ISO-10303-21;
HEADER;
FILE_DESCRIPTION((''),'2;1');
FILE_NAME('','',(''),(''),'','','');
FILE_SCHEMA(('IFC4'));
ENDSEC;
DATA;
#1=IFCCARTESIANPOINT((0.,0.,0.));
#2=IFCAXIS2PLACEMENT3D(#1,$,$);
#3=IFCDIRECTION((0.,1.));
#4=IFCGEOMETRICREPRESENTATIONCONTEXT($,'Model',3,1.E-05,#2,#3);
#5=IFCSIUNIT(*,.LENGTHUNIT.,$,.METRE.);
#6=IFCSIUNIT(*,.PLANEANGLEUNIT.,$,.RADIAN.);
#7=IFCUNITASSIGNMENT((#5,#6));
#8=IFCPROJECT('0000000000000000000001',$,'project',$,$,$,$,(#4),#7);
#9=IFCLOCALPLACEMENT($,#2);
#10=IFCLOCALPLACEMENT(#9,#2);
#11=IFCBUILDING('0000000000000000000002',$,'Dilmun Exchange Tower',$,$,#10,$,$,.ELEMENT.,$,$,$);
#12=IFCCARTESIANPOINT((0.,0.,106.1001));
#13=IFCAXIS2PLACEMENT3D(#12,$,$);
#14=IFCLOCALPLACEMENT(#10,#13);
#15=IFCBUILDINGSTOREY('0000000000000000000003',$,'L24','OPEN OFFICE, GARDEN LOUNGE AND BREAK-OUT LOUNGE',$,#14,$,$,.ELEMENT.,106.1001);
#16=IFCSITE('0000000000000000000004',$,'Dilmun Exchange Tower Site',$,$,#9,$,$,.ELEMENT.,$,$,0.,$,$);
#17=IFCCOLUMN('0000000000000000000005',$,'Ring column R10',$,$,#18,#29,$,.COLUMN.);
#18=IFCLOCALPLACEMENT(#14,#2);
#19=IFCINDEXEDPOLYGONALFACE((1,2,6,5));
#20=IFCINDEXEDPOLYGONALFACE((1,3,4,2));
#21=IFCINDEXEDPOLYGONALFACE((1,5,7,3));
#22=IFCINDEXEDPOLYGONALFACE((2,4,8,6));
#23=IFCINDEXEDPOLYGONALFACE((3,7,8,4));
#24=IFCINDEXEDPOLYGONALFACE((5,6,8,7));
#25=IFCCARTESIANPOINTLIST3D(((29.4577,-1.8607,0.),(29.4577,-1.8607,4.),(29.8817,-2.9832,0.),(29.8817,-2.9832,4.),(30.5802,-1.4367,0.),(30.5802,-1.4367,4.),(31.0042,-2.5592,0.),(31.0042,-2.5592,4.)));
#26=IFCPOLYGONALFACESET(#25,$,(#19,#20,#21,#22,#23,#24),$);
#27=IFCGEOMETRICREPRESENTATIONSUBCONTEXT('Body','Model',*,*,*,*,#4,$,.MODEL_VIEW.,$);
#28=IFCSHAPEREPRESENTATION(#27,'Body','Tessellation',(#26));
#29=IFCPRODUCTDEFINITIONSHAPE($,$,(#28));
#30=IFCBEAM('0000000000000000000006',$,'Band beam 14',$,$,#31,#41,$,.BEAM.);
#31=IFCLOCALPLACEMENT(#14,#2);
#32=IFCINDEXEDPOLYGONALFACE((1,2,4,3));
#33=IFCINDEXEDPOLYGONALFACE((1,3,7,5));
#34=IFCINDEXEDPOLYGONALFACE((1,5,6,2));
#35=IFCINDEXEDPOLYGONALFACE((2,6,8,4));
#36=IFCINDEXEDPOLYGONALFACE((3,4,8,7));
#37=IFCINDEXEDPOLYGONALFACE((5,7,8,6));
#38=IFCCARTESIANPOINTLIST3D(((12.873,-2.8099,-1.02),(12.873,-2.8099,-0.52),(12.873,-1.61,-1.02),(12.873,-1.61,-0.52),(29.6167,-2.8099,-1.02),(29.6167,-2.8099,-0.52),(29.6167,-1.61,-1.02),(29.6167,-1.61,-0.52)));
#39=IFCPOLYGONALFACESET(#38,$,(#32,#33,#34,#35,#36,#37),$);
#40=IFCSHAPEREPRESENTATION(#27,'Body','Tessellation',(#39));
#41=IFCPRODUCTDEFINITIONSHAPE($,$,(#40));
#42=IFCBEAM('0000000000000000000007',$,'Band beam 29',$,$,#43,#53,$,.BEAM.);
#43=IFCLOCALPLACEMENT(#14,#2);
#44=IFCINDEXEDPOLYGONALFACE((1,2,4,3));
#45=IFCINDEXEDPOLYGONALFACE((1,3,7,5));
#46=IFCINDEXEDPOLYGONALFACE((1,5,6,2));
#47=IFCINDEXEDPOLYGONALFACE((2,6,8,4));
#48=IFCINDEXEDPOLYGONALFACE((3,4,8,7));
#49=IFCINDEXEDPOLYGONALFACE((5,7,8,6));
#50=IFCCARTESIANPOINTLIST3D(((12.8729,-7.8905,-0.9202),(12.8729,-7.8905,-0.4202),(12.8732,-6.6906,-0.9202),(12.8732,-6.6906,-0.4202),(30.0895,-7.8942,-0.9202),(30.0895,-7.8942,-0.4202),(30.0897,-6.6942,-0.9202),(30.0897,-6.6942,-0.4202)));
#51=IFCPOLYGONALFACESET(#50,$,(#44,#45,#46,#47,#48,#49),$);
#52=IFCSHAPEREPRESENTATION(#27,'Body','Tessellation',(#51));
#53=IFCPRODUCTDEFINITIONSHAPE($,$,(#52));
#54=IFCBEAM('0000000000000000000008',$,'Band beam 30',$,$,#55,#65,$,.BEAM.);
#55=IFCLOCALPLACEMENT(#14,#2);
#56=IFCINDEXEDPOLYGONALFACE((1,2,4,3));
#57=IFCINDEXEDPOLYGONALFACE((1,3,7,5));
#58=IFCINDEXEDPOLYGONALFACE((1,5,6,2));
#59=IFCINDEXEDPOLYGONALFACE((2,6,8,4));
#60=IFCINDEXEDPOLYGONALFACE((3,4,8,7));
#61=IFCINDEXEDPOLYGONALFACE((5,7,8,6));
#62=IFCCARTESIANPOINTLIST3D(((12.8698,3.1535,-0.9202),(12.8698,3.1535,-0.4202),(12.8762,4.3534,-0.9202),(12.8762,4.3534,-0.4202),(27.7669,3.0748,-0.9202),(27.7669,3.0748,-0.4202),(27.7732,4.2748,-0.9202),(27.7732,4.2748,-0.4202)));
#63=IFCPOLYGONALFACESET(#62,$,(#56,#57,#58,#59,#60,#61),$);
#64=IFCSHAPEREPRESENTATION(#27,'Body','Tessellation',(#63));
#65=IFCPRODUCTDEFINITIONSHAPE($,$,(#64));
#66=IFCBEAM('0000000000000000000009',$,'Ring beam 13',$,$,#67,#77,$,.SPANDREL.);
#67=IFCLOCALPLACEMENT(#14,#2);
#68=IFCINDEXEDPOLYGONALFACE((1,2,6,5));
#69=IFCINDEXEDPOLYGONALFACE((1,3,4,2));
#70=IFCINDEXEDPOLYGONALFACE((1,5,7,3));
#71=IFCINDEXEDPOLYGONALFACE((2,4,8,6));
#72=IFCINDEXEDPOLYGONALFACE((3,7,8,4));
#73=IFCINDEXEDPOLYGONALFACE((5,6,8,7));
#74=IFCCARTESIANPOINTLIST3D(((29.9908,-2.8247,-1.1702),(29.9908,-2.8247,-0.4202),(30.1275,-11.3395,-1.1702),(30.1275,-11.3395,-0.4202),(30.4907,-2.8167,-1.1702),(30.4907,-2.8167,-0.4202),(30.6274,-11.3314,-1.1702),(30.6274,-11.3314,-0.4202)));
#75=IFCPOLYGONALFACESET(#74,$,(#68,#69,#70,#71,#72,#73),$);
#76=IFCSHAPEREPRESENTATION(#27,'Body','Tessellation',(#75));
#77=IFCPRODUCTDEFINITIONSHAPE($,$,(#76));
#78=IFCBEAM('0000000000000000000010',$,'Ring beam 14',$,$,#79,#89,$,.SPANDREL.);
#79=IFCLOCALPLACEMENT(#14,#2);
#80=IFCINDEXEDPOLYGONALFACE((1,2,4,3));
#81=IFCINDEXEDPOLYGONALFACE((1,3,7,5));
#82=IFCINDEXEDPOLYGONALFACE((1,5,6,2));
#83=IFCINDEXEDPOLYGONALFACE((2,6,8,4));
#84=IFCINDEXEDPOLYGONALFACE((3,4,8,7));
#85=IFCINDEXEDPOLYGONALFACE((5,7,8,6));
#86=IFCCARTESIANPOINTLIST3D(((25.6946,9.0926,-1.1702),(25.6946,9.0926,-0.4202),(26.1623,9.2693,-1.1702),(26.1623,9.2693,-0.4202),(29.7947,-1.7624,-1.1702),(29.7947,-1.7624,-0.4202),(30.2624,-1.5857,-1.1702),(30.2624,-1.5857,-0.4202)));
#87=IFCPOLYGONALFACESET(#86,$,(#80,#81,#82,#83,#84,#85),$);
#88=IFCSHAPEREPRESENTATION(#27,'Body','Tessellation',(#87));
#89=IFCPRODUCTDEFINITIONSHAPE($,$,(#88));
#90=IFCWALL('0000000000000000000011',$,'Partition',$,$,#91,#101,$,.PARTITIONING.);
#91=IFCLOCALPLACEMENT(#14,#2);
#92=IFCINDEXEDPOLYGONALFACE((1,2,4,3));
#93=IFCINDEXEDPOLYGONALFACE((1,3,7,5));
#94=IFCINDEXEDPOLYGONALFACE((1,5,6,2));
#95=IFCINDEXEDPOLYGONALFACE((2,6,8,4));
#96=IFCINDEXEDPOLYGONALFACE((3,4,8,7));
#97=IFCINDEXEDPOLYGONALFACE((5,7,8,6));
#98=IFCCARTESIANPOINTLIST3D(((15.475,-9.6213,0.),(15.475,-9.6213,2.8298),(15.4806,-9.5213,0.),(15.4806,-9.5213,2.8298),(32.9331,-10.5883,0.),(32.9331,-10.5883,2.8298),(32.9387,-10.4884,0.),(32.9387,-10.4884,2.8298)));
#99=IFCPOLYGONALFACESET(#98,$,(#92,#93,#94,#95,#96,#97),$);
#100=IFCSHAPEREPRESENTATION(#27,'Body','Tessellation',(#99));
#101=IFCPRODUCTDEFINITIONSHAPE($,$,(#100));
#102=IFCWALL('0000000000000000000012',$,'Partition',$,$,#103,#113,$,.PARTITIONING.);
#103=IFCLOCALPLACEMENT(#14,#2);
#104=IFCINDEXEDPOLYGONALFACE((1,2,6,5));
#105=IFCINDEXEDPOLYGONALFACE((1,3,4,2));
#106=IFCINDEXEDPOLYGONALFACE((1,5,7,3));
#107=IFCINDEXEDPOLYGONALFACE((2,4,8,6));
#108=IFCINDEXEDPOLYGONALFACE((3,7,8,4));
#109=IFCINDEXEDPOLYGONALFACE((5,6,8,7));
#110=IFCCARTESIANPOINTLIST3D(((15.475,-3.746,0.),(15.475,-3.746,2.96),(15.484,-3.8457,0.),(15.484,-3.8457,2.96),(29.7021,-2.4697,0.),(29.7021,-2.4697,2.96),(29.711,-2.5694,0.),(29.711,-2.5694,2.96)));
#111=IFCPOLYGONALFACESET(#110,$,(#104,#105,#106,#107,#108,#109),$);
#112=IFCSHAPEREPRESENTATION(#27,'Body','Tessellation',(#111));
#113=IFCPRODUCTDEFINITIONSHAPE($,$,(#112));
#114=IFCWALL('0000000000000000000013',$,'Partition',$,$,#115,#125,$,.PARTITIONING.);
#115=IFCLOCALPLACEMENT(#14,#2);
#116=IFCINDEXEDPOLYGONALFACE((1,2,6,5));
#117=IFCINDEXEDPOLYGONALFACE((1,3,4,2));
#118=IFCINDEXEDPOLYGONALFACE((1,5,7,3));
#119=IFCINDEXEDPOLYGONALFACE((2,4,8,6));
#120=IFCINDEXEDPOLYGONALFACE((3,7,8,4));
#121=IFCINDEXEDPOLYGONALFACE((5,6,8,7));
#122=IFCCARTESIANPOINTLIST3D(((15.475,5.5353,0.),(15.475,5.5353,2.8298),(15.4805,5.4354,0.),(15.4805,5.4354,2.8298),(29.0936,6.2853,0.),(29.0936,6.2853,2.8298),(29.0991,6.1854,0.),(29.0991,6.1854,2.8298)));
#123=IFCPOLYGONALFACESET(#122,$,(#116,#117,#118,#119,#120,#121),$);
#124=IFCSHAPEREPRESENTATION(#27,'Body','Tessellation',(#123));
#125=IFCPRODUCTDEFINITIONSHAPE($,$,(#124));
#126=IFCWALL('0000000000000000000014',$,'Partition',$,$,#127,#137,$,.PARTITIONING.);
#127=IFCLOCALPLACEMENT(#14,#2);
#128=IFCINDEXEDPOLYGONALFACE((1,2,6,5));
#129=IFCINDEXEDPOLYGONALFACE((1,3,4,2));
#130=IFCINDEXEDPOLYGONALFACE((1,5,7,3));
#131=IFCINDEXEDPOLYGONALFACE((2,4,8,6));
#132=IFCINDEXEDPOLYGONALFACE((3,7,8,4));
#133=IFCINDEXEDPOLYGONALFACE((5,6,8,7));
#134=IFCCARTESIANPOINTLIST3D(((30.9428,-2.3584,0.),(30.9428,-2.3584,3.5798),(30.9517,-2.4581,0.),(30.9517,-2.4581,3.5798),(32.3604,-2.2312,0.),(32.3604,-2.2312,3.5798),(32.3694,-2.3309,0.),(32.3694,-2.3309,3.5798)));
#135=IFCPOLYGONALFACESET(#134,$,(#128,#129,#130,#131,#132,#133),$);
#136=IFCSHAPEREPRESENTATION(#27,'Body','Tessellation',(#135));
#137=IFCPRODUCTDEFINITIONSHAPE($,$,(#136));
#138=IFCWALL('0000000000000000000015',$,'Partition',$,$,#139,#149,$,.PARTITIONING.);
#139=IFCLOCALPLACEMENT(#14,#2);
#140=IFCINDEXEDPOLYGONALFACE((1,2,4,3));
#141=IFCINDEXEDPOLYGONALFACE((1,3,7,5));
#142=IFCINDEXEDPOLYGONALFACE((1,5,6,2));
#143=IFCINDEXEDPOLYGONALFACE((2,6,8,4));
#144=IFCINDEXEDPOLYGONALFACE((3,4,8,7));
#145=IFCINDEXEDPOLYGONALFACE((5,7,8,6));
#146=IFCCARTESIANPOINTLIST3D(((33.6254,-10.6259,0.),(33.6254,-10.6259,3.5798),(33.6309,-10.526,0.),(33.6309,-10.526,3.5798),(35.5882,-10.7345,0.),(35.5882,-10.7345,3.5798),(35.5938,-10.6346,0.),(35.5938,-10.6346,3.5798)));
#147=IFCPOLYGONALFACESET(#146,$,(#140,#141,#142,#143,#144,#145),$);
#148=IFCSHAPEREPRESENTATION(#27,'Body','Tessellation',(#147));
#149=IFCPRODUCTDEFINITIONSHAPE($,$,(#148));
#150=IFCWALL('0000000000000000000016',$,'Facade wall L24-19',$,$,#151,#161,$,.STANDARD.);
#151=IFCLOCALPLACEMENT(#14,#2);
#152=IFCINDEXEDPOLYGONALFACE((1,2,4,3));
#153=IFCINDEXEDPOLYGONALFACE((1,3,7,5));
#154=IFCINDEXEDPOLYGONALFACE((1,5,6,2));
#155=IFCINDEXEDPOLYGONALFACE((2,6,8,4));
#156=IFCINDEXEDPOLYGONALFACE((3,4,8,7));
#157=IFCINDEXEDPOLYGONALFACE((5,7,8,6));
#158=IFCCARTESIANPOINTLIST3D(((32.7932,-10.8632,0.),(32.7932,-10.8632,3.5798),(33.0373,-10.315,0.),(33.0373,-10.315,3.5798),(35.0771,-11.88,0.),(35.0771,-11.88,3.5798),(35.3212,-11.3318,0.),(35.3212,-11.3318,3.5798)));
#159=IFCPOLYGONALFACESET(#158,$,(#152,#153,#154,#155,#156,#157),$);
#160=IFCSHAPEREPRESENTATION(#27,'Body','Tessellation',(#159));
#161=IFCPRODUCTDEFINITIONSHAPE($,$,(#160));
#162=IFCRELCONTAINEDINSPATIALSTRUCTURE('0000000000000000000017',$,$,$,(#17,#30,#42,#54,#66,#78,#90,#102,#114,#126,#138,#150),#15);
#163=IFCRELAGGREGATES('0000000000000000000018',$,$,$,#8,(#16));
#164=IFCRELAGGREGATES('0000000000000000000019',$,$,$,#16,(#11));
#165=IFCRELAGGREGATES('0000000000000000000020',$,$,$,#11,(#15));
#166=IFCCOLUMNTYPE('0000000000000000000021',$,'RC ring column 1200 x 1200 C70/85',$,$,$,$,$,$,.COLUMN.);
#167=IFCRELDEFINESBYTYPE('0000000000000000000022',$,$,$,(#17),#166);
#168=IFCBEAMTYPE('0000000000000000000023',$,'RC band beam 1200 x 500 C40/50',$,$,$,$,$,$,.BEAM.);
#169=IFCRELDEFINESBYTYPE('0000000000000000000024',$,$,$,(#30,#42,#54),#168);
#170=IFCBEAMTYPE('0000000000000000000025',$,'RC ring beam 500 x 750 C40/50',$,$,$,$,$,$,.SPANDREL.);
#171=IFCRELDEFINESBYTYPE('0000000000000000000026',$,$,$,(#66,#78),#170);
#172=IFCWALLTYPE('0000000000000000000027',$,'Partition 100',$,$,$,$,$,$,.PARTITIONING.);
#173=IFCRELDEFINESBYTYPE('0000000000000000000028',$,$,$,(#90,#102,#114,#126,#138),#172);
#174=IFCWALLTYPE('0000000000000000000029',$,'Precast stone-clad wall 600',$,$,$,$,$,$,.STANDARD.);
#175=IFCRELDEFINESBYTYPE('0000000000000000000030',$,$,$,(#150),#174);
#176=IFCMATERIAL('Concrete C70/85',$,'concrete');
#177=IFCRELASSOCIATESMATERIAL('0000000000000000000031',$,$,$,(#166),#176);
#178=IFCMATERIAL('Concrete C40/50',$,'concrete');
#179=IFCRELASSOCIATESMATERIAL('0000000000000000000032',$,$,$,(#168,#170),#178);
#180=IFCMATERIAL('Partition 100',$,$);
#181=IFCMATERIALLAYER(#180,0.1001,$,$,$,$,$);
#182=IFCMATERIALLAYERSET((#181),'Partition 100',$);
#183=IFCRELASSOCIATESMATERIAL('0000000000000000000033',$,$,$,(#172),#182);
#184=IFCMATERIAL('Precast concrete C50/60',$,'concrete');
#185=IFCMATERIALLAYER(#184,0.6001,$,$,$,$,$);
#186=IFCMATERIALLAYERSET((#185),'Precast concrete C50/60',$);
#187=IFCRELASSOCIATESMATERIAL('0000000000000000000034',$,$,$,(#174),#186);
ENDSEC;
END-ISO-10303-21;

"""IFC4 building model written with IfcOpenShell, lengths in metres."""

from ifc_helpers import new_model, si_unit, direction, frame, frame_2d, origin, origin_2d, place, context, subcontext, project, spatial, rectangle, extrude, material, layer, layer_set, material_profile, profile_set, type_object, element, save


model = new_model("IFC4")

# Units and contexts
model_context = context("Model", 3, precision=1e-05, world=origin(), true_north=direction((0.0, 1.0)))
body_context = subcontext(model_context, "Body", "Model", "MODEL_VIEW")
ifc_project = project(units=[si_unit("LENGTHUNIT", "METRE"), si_unit("PLANEANGLEUNIT", "RADIAN")], contexts=[model_context])

# Site, building, storey
site_placement = place(None, origin())
site = spatial("IfcSite", under=ifc_project, at=site_placement, Name="Dilmun Exchange Tower Site", CompositionType="ELEMENT", RefElevation=0.0)
building_placement = place(site_placement, origin())
building = spatial("IfcBuilding", under=site, at=building_placement, Name="Dilmun Exchange Tower", CompositionType="ELEMENT")
storey_placement = place(building_placement, frame((0.0, 0.0, 106.1001)))
storey = spatial("IfcBuildingStorey", under=building, at=storey_placement, Name="L24", Description="OPEN OFFICE, GARDEN LOUNGE AND BREAK-OUT LOUNGE", CompositionType="ELEMENT", Elevation=106.1001)

# Column
ifc_material_1 = material(Name="Concrete C70/85", Category="concrete")
ifc_material_profile_1 = material_profile(ifc_material_1, rectangle(XDim=1.2, YDim=1.2, at=origin_2d()), Name="1200 x 1200")
ifc_profile_set_1 = profile_set([ifc_material_profile_1], Name="Concrete C70/85")
column_type = type_object("IfcColumnType", Name="RC ring column 1200 x 1200 C70/85", PredefinedType="COLUMN", material=ifc_profile_set_1)
column_placement = place(storey_placement, frame((30.231, -2.21, 0.0), z_axis=(0.0, 0.0, 1.0), x_axis=(0.935492, 0.353349, 0.0)))
element("IfcColumn", 1, at=column_placement, inside=storey, type_object=column_type, Name="Ring column R10", PredefinedType="COLUMN", context=body_context, shape_type="SweptSolid", body=[
    extrude(rectangle(XDim=1.2, YDim=1.2, at=origin_2d()), origin(), (0.0, 0.0, 1.0), 4.0),
])

# Beams
ifc_material_2 = material(Name="Concrete C40/50", Category="concrete")
ifc_material_profile_2 = material_profile(ifc_material_2, rectangle(XDim=1.2, YDim=0.5, at=origin_2d()), Name="1200 x 500")
ifc_profile_set_2 = profile_set([ifc_material_profile_2], Name="Concrete C40/50")
beam_type_1 = type_object("IfcBeamType", Name="RC band beam 1200 x 500 C40/50", PredefinedType="BEAM", material=ifc_profile_set_2)
beam_1_placement = place(storey_placement, frame((29.6167, -2.21, -0.77), z_axis=(-1.0, 0.0, 0.0), x_axis=(0.0, -1.0, 0.0)))
element("IfcBeam", 2, at=beam_1_placement, inside=storey, type_object=beam_type_1, Name="Band beam 14", PredefinedType="BEAM", context=body_context, shape_type="SweptSolid", body=[
    extrude(rectangle(XDim=1.2, YDim=0.5, at=origin_2d()), origin(), (0.0, 0.0, 1.0), 16.7437),
])
beam_2_placement = place(storey_placement, frame((30.0896, -7.2942, -0.6702), z_axis=(-1.0, 0.000213, 0.0), x_axis=(-0.000213, -1.0, 0.0)))
element("IfcBeam", 3, at=beam_2_placement, inside=storey, type_object=beam_type_1, Name="Band beam 29", PredefinedType="BEAM", context=body_context, shape_type="SweptSolid", body=[
    extrude(rectangle(XDim=1.2, YDim=0.5, at=origin_2d()), origin(), (0.0, 0.0, 1.0), 17.2166),
])
beam_3_placement = place(storey_placement, frame((27.77, 3.6748, -0.6702), z_axis=(-0.999986, 0.005277, 0.0), x_axis=(-0.005277, -0.999986, 0.0)))
element("IfcBeam", 4, at=beam_3_placement, inside=storey, type_object=beam_type_1, Name="Band beam 30", PredefinedType="BEAM", context=body_context, shape_type="SweptSolid", body=[
    extrude(rectangle(XDim=1.2, YDim=0.5, at=origin_2d()), origin(), (0.0, 0.0, 1.0), 14.8972),
])
ifc_material_profile_3 = material_profile(ifc_material_2, rectangle(XDim=0.5, YDim=0.75, at=origin_2d()), Name="500 x 750")
ifc_profile_set_3 = profile_set([ifc_material_profile_3], Name="Concrete C40/50")
beam_type_2 = type_object("IfcBeamType", Name="RC ring beam 500 x 750 C40/50", PredefinedType="SPANDREL", material=ifc_profile_set_3)
beam_4_placement = place(storey_placement, frame((30.3774, -11.3354, -0.7952), z_axis=(-0.016054, 0.999871, 0.0), x_axis=(-0.999871, -0.016054, 0.0)))
element("IfcBeam", 5, at=beam_4_placement, inside=storey, type_object=beam_type_2, Name="Ring beam 13", PredefinedType="SPANDREL", context=body_context, shape_type="SweptSolid", body=[
    extrude(rectangle(XDim=0.5, YDim=0.75, at=origin_2d()), origin(), (0.0, 0.0, 1.0), 8.5159),
])
beam_5_placement = place(storey_placement, frame((30.0286, -1.6741, -0.7952), z_axis=(-0.35335, 0.935491, 0.0), x_axis=(-0.935491, -0.35335, 0.0)))
element("IfcBeam", 6, at=beam_5_placement, inside=storey, type_object=beam_type_2, Name="Ring beam 14", PredefinedType="SPANDREL", context=body_context, shape_type="SweptSolid", body=[
    extrude(rectangle(XDim=0.5, YDim=0.75, at=origin_2d()), origin(), (0.0, 0.0, 1.0), 11.6035),
])

# Walls
ifc_material_3 = material(Name="Partition 100")
ifc_layer_1 = layer(ifc_material_3, 0.1001)
ifc_layer_set_1 = layer_set([ifc_layer_1], Name="Partition 100")
wall_type_1 = type_object("IfcWallType", Name="Partition 100", PredefinedType="PARTITIONING", material=ifc_layer_set_1)
wall_1_placement = place(storey_placement, frame((15.4778, -9.5713, 0.0), z_axis=(0.0, 0.0, 1.0), x_axis=(0.998469, -0.055308, 0.0)))
element("IfcWall", 7, at=wall_1_placement, inside=storey, type_object=wall_type_1, Name="Partition", PredefinedType="PARTITIONING", context=body_context, shape_type="SweptSolid", body=[
    extrude(rectangle(XDim=17.4849, YDim=0.1001, at=frame_2d((8.7424, 0.0))), origin(), (0.0, 0.0, 1.0), 2.8298),
])
wall_2_placement = place(storey_placement, frame((15.4795, -3.7959, 0.0), z_axis=(0.0, 0.0, 1.0), x_axis=(0.996, 0.089355, 0.0)))
element("IfcWall", 8, at=wall_2_placement, inside=storey, type_object=wall_type_1, Name="Partition", PredefinedType="PARTITIONING", context=body_context, shape_type="SweptSolid", body=[
    extrude(rectangle(XDim=14.2842, YDim=0.1001, at=frame_2d((7.1421, 0.0))), origin(), (0.0, 0.0, 1.0), 2.96),
])
wall_3_placement = place(storey_placement, frame((15.4778, 5.4854, 0.0), z_axis=(0.0, 0.0, 1.0), x_axis=(0.998487, 0.054989, 0.0)))
element("IfcWall", 9, at=wall_3_placement, inside=storey, type_object=wall_type_1, Name="Partition", PredefinedType="PARTITIONING", context=body_context, shape_type="SweptSolid", body=[
    extrude(rectangle(XDim=13.6392, YDim=0.1001, at=frame_2d((6.8196, 0.0))), origin(), (0.0, 0.0, 1.0), 2.8298),
])
wall_4_placement = place(storey_placement, frame((30.9473, -2.4082, 0.0), z_axis=(0.0, 0.0, 1.0), x_axis=(0.995999, 0.08936, 0.0)))
element("IfcWall", 10, at=wall_4_placement, inside=storey, type_object=wall_type_1, Name="Partition", PredefinedType="PARTITIONING", context=body_context, shape_type="SweptSolid", body=[
    extrude(rectangle(XDim=1.4233, YDim=0.1001, at=frame_2d((0.7117, 0.0))), origin(), (0.0, 0.0, 1.0), 3.5798),
])
wall_5_placement = place(storey_placement, frame((33.6282, -10.5759, 0.0), z_axis=(0.0, 0.0, 1.0), x_axis=(0.998472, -0.055264, 0.0)))
element("IfcWall", 11, at=wall_5_placement, inside=storey, type_object=wall_type_1, Name="Partition", PredefinedType="PARTITIONING", context=body_context, shape_type="SweptSolid", body=[
    extrude(rectangle(XDim=1.9658, YDim=0.1001, at=frame_2d((0.9829, 0.0))), origin(), (0.0, 0.0, 1.0), 3.5798),
])
ifc_material_4 = material(Name="Precast concrete C50/60", Category="concrete")
ifc_layer_2 = layer(ifc_material_4, 0.6001)
ifc_layer_set_2 = layer_set([ifc_layer_2], Name="Precast concrete C50/60")
wall_type_2 = type_object("IfcWallType", Name="Precast stone-clad wall 600", PredefinedType="STANDARD", material=ifc_layer_set_2)
wall_6_placement = place(storey_placement, frame((32.9153, -10.5891, 0.0), z_axis=(0.0, 0.0, 1.0), x_axis=(0.91355, -0.406727, 0.0)))
element("IfcWall", 12, at=wall_6_placement, inside=storey, type_object=wall_type_2, Name="Facade wall L24-19", PredefinedType="STANDARD", context=body_context, shape_type="SweptSolid", body=[
    extrude(rectangle(XDim=2.5, YDim=0.6001, at=frame_2d((1.25, 0.0))), origin(), (0.0, 0.0, 1.0), 3.5798),
])

save(model, "model.ifc")
